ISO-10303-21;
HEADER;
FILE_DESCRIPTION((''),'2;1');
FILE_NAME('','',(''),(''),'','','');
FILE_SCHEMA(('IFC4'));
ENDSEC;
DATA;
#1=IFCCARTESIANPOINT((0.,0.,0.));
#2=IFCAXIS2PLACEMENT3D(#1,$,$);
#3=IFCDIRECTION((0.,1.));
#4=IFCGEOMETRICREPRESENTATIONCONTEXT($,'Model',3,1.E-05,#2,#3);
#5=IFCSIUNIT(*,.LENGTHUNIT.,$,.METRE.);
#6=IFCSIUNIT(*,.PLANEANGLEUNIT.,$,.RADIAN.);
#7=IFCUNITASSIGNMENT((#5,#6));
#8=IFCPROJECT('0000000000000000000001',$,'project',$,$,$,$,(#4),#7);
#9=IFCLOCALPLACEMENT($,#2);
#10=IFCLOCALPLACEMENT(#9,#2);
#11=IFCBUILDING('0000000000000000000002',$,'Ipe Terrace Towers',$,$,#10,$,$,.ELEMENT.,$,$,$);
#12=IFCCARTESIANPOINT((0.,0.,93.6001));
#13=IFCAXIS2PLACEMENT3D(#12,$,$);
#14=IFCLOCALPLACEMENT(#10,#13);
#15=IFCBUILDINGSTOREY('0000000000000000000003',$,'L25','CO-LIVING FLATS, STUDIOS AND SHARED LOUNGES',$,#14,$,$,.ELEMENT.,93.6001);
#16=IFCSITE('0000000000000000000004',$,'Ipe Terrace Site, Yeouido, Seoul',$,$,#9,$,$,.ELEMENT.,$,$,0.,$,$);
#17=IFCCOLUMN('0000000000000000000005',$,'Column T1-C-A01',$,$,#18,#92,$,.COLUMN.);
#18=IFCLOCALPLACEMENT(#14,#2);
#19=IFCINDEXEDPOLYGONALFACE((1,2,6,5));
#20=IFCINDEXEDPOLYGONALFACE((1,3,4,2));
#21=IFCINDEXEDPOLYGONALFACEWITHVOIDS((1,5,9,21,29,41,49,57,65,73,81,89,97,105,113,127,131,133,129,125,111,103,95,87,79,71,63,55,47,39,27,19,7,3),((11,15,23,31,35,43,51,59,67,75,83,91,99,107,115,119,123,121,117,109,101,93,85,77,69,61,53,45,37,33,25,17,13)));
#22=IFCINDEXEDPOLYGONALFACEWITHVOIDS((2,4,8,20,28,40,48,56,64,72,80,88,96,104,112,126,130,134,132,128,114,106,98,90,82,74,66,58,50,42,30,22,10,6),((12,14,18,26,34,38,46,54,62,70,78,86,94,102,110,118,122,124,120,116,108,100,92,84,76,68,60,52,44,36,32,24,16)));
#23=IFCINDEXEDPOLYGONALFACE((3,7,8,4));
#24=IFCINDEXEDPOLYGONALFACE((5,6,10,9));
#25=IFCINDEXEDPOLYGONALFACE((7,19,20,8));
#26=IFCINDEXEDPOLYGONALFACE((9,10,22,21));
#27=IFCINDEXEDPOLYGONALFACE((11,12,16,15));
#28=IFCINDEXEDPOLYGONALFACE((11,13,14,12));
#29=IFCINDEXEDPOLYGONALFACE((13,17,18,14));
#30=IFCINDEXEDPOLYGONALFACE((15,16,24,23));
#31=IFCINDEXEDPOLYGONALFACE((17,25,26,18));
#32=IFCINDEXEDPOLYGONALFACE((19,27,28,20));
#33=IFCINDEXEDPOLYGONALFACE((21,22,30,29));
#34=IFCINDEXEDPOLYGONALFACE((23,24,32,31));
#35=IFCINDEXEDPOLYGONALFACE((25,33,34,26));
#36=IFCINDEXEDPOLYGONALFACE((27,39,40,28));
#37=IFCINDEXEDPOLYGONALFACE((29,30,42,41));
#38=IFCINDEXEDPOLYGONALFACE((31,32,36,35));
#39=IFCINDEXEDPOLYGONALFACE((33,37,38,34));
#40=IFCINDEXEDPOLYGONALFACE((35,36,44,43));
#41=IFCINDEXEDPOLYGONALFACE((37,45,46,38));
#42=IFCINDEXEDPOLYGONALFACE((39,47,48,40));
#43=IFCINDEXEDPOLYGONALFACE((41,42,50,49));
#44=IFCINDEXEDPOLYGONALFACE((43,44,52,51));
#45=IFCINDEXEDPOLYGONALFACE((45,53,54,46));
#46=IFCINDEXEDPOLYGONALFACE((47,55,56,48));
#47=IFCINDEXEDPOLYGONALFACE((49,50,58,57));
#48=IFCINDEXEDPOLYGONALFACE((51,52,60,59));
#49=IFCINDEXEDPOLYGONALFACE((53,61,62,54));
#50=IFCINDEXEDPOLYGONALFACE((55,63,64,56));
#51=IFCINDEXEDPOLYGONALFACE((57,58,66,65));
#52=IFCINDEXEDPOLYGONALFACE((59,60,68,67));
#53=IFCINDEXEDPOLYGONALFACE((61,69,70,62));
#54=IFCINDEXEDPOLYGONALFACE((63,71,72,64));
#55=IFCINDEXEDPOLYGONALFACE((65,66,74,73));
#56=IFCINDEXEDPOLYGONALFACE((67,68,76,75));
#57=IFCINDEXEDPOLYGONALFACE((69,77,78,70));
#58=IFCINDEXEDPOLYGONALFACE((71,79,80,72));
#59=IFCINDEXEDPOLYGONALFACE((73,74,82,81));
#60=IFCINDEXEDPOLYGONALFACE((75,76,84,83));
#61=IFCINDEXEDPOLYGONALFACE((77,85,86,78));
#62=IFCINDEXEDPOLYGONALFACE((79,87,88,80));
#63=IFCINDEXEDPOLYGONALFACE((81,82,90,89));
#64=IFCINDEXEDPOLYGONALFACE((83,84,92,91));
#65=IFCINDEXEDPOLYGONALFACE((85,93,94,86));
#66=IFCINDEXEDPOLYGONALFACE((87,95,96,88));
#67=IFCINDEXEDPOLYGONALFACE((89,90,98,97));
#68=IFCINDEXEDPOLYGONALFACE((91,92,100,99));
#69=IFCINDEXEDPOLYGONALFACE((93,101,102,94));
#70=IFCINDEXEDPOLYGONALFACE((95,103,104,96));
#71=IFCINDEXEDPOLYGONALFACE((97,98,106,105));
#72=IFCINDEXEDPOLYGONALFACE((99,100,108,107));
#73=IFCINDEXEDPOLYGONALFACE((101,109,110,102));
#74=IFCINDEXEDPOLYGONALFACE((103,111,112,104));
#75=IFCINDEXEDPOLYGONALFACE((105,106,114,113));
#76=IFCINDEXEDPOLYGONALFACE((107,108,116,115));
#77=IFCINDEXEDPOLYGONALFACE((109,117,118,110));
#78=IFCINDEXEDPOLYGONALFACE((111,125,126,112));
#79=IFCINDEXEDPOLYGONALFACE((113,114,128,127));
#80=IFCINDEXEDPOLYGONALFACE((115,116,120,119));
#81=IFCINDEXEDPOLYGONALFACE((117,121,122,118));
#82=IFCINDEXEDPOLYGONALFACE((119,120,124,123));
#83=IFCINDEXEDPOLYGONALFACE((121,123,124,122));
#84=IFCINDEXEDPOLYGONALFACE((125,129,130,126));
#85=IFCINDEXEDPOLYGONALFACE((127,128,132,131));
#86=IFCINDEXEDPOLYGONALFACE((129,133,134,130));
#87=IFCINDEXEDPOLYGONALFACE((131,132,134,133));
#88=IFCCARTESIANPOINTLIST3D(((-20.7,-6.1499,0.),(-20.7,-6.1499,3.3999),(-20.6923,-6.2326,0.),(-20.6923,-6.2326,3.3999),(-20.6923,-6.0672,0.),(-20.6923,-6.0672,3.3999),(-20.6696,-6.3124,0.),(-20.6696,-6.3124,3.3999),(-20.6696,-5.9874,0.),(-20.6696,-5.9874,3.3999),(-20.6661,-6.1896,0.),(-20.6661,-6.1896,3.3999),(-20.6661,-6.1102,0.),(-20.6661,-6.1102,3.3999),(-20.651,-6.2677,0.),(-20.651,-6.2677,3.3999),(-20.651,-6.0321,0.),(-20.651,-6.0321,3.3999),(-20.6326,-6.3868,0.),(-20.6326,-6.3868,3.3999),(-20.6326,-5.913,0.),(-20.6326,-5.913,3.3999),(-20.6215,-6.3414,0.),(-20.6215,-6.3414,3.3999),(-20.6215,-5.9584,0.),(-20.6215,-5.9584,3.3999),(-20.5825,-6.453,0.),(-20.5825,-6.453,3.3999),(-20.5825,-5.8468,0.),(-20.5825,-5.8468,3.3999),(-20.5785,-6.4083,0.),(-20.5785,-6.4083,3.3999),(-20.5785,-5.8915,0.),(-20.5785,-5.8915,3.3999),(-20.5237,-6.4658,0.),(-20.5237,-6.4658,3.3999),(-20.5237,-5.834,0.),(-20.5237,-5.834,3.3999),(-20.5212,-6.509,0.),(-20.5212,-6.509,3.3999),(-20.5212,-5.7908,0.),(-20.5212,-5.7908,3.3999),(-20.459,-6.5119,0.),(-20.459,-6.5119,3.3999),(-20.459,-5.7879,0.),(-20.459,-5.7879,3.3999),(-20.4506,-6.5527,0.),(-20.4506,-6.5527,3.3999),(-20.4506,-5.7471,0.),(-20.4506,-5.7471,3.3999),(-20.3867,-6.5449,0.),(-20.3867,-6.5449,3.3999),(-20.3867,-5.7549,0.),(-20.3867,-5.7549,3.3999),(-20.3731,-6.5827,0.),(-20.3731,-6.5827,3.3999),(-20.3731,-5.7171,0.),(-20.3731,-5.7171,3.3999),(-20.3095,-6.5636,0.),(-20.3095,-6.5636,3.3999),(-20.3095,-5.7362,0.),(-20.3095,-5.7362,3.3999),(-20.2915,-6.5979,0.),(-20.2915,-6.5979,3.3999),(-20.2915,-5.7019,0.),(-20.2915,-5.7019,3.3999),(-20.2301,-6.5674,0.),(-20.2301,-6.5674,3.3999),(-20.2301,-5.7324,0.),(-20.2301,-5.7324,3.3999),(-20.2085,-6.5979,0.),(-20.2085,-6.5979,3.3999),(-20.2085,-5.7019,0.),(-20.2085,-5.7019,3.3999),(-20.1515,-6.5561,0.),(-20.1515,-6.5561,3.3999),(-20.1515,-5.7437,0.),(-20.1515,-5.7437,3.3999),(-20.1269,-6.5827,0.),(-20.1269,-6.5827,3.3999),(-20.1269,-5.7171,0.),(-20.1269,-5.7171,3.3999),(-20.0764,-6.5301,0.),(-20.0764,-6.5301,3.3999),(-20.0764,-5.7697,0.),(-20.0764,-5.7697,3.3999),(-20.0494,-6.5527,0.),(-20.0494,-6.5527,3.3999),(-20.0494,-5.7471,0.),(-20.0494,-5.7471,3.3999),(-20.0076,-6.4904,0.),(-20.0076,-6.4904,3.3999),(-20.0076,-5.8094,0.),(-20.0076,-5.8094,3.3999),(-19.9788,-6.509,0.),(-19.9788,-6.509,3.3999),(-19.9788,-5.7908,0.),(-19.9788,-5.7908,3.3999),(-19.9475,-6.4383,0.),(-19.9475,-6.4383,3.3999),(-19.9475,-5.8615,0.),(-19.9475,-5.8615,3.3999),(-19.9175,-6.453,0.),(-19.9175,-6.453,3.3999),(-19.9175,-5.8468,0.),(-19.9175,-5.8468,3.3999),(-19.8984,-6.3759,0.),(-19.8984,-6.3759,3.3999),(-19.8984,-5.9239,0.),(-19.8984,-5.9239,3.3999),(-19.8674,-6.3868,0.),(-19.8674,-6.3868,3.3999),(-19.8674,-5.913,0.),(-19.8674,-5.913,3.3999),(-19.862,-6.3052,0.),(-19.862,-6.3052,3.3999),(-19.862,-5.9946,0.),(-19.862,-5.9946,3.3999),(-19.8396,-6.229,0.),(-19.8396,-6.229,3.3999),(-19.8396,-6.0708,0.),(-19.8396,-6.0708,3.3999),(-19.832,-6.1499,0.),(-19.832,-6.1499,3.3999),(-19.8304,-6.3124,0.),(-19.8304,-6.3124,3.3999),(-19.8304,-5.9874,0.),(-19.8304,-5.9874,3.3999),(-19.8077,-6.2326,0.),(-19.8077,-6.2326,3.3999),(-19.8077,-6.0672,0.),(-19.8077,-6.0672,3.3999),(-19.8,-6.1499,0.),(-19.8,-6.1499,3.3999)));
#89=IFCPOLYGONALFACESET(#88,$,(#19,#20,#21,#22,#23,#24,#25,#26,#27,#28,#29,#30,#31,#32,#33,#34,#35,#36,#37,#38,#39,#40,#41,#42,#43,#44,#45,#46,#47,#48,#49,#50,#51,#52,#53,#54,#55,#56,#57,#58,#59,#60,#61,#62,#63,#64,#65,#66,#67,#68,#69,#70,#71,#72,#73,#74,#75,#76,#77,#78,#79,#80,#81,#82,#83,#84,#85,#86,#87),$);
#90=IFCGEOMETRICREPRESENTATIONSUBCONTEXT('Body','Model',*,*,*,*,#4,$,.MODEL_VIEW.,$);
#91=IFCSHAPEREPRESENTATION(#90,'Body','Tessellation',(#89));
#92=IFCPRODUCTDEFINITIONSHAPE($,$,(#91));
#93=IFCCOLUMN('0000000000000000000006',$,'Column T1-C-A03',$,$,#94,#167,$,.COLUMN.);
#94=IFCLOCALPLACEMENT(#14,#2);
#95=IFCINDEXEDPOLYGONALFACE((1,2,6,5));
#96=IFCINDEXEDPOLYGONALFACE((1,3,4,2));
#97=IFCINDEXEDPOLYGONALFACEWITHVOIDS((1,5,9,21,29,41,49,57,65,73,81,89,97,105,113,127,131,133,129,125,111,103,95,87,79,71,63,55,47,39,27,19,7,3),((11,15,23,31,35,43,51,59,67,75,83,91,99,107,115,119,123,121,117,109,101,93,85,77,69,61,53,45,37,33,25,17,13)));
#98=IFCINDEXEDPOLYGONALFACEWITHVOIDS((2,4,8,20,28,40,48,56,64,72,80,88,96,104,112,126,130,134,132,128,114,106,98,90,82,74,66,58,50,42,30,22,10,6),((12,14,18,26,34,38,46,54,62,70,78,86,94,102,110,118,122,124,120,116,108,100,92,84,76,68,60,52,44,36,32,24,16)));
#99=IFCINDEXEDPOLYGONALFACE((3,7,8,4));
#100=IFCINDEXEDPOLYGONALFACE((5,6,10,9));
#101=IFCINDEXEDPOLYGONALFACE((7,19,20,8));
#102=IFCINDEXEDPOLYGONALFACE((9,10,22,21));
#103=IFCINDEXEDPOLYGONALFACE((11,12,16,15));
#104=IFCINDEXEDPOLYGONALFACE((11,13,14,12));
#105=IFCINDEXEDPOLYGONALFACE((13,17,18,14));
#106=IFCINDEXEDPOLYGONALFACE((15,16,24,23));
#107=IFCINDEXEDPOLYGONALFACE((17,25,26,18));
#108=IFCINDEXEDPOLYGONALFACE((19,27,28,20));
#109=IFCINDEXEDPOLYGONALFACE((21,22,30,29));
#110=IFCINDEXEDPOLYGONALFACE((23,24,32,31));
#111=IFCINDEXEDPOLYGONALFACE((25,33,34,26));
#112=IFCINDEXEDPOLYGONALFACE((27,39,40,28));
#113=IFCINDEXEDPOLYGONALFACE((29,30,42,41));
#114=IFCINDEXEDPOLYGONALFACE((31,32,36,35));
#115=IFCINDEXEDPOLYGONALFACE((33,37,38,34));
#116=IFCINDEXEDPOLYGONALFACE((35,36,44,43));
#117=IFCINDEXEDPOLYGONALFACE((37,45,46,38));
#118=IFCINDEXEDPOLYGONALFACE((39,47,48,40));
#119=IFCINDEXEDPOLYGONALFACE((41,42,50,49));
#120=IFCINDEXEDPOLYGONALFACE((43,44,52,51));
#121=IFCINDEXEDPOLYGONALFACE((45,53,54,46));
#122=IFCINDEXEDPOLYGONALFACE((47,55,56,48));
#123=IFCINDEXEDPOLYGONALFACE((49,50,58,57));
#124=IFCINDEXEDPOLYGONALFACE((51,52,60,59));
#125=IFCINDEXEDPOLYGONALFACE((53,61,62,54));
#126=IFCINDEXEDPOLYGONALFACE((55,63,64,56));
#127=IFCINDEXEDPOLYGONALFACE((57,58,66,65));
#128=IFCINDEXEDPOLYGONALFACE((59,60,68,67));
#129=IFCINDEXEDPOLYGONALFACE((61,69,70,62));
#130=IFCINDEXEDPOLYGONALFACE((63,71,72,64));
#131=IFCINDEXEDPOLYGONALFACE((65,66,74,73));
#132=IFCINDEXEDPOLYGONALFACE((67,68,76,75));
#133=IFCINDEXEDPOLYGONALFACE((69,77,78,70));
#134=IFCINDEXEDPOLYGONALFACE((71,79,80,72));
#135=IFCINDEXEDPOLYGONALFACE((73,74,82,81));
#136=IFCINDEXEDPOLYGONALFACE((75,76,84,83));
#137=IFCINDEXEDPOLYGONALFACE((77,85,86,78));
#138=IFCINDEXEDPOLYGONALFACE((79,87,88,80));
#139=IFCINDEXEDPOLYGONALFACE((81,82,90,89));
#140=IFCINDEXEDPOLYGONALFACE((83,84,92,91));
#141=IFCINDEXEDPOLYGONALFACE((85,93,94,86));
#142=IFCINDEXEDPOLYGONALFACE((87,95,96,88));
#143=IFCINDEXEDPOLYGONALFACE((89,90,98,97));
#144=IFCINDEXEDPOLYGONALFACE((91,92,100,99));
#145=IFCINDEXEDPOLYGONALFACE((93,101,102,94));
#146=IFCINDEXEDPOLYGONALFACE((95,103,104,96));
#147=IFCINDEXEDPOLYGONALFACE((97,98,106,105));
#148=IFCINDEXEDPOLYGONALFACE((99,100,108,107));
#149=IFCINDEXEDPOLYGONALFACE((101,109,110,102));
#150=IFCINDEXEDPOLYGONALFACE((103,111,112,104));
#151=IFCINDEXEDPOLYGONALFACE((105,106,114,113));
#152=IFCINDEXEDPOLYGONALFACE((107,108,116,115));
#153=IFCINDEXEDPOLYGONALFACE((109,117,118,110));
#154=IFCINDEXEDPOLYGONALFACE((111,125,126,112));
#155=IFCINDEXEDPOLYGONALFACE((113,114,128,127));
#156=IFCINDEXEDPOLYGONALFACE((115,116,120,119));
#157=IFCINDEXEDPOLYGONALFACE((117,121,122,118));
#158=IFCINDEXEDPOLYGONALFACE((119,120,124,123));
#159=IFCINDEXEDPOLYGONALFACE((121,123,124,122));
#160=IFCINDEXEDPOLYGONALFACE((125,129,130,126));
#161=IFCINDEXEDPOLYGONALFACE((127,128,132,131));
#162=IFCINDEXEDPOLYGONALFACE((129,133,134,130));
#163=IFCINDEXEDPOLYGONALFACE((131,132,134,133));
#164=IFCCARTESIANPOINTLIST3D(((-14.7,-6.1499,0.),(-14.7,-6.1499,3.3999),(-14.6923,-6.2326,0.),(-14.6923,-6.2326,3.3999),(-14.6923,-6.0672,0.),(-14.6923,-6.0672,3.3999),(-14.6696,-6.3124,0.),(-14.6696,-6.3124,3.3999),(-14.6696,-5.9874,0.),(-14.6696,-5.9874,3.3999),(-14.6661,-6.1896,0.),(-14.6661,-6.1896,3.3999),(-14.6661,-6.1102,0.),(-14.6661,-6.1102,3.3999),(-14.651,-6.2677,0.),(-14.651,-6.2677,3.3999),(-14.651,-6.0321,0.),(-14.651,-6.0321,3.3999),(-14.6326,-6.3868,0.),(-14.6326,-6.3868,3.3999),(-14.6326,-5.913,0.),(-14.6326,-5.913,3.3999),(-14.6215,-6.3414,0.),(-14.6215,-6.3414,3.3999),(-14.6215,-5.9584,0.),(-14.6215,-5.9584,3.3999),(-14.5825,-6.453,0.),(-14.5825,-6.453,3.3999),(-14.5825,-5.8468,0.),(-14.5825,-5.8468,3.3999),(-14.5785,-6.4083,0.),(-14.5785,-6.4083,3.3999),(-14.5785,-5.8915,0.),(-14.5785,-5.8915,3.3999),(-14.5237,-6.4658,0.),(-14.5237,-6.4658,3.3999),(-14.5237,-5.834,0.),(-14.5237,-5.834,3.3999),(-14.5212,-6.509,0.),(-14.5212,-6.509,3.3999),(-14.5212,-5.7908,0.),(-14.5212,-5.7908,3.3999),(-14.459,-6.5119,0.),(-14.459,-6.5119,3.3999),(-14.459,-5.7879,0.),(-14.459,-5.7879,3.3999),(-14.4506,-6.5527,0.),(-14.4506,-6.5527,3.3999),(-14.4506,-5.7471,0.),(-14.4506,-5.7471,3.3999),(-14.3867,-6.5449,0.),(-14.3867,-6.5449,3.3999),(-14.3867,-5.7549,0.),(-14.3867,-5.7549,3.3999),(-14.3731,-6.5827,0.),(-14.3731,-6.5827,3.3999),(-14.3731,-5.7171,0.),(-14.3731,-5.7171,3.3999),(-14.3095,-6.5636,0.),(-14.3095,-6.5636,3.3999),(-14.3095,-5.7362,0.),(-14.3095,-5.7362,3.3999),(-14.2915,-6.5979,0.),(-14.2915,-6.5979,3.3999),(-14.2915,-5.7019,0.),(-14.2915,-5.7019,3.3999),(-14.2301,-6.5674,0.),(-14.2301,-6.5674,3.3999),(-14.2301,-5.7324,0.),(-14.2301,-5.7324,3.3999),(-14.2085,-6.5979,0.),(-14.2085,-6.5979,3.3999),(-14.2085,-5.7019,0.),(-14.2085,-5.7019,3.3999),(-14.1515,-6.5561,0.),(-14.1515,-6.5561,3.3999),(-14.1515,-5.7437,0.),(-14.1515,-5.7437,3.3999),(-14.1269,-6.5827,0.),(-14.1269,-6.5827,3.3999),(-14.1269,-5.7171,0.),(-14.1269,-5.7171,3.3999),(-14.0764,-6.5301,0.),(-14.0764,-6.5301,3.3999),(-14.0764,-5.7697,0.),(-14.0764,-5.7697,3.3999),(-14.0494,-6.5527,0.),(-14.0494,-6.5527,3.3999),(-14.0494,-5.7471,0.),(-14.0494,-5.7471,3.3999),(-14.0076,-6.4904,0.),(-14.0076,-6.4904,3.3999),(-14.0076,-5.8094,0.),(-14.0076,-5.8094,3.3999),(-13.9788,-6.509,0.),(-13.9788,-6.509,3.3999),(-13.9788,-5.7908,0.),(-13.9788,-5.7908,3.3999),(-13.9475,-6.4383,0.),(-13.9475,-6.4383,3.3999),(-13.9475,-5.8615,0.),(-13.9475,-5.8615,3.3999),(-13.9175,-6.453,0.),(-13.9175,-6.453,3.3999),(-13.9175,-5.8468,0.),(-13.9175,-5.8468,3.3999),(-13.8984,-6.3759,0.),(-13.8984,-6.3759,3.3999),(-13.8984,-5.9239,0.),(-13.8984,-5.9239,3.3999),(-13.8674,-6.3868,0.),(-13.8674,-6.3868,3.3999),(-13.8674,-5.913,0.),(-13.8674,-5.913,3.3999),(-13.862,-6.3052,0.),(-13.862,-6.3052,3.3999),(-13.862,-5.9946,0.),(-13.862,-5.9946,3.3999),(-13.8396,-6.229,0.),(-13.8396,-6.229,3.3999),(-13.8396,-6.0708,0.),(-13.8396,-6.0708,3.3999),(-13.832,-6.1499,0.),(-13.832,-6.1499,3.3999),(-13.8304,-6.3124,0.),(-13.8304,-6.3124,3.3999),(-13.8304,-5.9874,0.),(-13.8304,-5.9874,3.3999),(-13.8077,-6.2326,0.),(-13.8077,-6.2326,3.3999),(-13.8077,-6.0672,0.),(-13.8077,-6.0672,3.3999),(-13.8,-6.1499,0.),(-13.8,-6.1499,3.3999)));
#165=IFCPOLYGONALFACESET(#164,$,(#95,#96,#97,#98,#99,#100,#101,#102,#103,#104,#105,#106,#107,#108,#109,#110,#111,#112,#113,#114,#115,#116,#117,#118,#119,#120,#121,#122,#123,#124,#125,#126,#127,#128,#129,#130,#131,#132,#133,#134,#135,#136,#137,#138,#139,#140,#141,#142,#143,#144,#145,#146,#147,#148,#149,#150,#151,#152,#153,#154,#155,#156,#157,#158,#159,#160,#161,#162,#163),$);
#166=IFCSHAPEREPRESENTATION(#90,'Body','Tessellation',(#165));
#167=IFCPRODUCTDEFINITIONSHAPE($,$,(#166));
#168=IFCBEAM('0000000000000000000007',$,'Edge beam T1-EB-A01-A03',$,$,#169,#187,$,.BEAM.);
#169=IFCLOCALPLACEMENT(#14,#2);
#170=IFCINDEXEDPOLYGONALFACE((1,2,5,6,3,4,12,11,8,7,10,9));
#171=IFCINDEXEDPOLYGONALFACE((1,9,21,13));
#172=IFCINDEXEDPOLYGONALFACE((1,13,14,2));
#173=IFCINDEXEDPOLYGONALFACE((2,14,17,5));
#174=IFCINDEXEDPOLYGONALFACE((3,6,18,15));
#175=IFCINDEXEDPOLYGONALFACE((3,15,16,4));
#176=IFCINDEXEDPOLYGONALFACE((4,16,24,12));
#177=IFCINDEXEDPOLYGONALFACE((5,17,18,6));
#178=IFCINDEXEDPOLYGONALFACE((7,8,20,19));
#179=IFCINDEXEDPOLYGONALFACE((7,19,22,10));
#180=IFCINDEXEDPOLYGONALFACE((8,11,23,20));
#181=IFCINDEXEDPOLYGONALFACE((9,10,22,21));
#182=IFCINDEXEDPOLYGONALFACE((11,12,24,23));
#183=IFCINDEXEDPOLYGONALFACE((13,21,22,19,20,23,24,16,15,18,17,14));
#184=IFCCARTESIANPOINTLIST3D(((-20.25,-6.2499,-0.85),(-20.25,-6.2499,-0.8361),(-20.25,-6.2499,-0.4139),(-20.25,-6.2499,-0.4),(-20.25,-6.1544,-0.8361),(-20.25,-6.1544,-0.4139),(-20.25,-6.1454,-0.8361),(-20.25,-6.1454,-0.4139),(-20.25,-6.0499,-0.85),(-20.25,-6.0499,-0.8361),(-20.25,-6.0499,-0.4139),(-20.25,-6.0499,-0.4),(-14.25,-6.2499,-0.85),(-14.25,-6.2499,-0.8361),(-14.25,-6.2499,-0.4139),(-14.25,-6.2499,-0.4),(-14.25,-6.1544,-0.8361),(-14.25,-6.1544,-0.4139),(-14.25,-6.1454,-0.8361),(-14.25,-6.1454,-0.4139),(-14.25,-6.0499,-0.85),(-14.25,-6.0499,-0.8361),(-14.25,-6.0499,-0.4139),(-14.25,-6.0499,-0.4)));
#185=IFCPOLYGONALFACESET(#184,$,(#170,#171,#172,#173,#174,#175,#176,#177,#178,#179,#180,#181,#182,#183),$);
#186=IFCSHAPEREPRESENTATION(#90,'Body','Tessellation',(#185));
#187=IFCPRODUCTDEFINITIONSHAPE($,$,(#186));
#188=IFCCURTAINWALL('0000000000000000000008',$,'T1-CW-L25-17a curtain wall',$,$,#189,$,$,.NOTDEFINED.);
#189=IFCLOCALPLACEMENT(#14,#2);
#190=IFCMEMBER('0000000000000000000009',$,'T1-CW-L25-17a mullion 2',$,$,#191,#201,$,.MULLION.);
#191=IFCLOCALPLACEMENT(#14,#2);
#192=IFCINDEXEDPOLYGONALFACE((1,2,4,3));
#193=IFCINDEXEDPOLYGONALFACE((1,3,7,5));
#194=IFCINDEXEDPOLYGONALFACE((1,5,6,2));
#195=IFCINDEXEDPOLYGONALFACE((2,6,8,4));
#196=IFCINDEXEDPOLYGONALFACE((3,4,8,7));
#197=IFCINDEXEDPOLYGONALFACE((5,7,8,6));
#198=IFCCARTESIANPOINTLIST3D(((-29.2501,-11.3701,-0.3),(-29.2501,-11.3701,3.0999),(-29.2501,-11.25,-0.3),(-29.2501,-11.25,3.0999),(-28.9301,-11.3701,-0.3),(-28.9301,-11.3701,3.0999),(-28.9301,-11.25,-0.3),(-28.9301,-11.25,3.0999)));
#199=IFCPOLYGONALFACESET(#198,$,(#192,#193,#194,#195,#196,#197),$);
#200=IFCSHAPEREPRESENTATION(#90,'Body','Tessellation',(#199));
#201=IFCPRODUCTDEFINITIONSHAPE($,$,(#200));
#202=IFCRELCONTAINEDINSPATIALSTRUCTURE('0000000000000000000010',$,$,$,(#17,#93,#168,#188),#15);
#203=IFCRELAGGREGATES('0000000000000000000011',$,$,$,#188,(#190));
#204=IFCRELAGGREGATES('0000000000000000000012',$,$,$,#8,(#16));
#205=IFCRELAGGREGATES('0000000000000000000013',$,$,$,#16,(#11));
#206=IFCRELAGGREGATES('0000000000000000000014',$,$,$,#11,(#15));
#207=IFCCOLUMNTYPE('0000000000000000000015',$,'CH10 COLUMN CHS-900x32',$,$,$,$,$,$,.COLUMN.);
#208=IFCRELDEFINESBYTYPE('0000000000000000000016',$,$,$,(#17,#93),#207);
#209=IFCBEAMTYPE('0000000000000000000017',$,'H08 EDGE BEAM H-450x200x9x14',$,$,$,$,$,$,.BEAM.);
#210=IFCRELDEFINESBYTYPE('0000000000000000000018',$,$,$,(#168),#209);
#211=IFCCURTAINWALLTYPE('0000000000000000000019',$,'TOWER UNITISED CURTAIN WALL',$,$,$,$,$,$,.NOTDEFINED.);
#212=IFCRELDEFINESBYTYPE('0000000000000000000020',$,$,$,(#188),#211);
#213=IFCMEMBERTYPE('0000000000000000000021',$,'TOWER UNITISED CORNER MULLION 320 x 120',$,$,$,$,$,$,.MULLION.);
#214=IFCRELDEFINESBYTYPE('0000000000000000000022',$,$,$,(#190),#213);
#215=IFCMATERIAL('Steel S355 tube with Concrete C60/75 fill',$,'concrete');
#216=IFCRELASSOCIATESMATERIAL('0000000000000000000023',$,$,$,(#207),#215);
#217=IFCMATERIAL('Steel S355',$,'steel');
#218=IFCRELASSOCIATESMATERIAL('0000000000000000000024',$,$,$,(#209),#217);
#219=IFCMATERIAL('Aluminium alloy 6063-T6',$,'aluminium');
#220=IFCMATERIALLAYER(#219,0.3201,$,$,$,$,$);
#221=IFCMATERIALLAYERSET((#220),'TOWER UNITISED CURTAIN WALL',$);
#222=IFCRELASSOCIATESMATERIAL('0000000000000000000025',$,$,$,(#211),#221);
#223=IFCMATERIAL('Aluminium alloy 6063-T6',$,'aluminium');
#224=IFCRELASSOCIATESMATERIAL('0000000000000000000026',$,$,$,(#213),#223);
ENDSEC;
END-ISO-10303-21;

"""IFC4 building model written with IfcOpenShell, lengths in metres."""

from ifc_helpers import new_model, si_unit, direction, frame, origin, origin_2d, place, context, subcontext, project, spatial, rectangle, hollow_circle, i_section, extrude, material, layer, layer_set, material_profile, profile_set, type_object, element, aggregate, save


model = new_model("IFC4")

# Units and contexts
model_context = context("Model", 3, precision=1e-05, world=origin(), true_north=direction((0.0, 1.0)))
body_context = subcontext(model_context, "Body", "Model", "MODEL_VIEW")
ifc_project = project(units=[si_unit("LENGTHUNIT", "METRE"), si_unit("PLANEANGLEUNIT", "RADIAN")], contexts=[model_context])

# Site, building, storey
site_placement = place(None, origin())
site = spatial("IfcSite", under=ifc_project, at=site_placement, Name="Ipe Terrace Site, Yeouido, Seoul", CompositionType="ELEMENT", RefElevation=0.0)
building_placement = place(site_placement, origin())
building = spatial("IfcBuilding", under=site, at=building_placement, Name="Ipe Terrace Towers", CompositionType="ELEMENT")
storey_placement = place(building_placement, frame((0.0, 0.0, 93.6001)))
storey = spatial("IfcBuildingStorey", under=building, at=storey_placement, Name="L25", Description="CO-LIVING FLATS, STUDIOS AND SHARED LOUNGES", CompositionType="ELEMENT", Elevation=93.6001)

# Columns
ifc_material_1 = material(Name="Steel S355 tube with Concrete C60/75 fill", Category="concrete")
ifc_material_profile_1 = material_profile(ifc_material_1, hollow_circle(Radius=0.45, WallThickness=0.032, at=origin_2d()), Name="CHS-900x32")
ifc_profile_set_1 = profile_set([ifc_material_profile_1], Name="Steel S355 tube with Concrete C60/75 fill")
column_type = type_object("IfcColumnType", Name="CH10 COLUMN CHS-900x32", PredefinedType="COLUMN", material=ifc_profile_set_1)
for number, where, z_axis, x_axis, name in (
    (1, (-20.25, -6.1499, 0.0), (0.0, 0.0, 1.0), (1.0, 0.0, 0.0), "Column T1-C-A01"),
    (2, (-14.25, -6.1499, 0.0), (0.0, 0.0, 1.0), (1.0, 0.0, 0.0), "Column T1-C-A03"),
):
    element("IfcColumn", number, at=place(storey_placement, frame(where, z_axis=z_axis, x_axis=x_axis)), inside=storey, type_object=column_type, Name=name, PredefinedType="COLUMN", context=body_context, shape_type="SweptSolid", body=[
        extrude(hollow_circle(Radius=0.45, WallThickness=0.032, at=origin_2d()), origin(), (0.0, 0.0, 1.0), 3.3999),
    ])

# Beam
ifc_material_2 = material(Name="Steel S355", Category="steel")
ifc_material_profile_2 = material_profile(ifc_material_2, i_section(OverallWidth=0.2, OverallDepth=0.45, WebThickness=0.009, FlangeThickness=0.0139, at=origin_2d()), Name="H-450x200x9x14")
ifc_profile_set_2 = profile_set([ifc_material_profile_2], Name="Steel S355")
beam_type = type_object("IfcBeamType", Name="H08 EDGE BEAM H-450x200x9x14", PredefinedType="BEAM", material=ifc_profile_set_2)
beam_placement = place(storey_placement, frame((-20.25, -6.1499, -0.625), z_axis=(1.0, 0.0, 0.0), x_axis=(0.0, 1.0, 0.0)))
element("IfcBeam", 3, at=beam_placement, inside=storey, type_object=beam_type, Name="Edge beam T1-EB-A01-A03", PredefinedType="BEAM", context=body_context, shape_type="SweptSolid", body=[
    extrude(i_section(OverallWidth=0.2, OverallDepth=0.45, WebThickness=0.009, FlangeThickness=0.0139, at=origin_2d()), origin(), (0.0, 0.0, 1.0), 6.0),
])

# Curtain wall, member
ifc_material_3 = material(Name="Aluminium alloy 6063-T6", Category="aluminium")
ifc_layer_1 = layer(ifc_material_3, 0.3201)
ifc_layer_set_1 = layer_set([ifc_layer_1], Name="TOWER UNITISED CURTAIN WALL")
curtain_wall_type = type_object("IfcCurtainWallType", Name="TOWER UNITISED CURTAIN WALL", PredefinedType="NOTDEFINED", material=ifc_layer_set_1)
curtain_wall_1_placement = place(storey_placement, origin())
curtain_wall_1 = element("IfcCurtainWall", 4, at=curtain_wall_1_placement, inside=storey, type_object=curtain_wall_type, Name="T1-CW-L25-17a curtain wall", PredefinedType="NOTDEFINED")
ifc_material_4 = material(Name="Aluminium alloy 6063-T6", Category="aluminium")
ifc_material_profile_3 = material_profile(ifc_material_4, rectangle(XDim=0.3201, YDim=0.1201, at=origin_2d()), Name="TOWER UNITISED CORNER MULLION 320 x 120")
ifc_profile_set_3 = profile_set([ifc_material_profile_3], Name="Aluminium alloy 6063-T6")
member_type = type_object("IfcMemberType", Name="TOWER UNITISED CORNER MULLION 320 x 120", PredefinedType="MULLION", material=ifc_profile_set_3)
member_1_placement = place(storey_placement, frame((-29.0901, -11.3101, -0.3), z_axis=(0.0, 0.0, 1.0), x_axis=(1.0, 0.0, 0.0)))
member_1 = element("IfcMember", 5, at=member_1_placement, type_object=member_type, Name="T1-CW-L25-17a mullion 2", PredefinedType="MULLION", context=body_context, shape_type="SweptSolid", body=[
    extrude(rectangle(XDim=0.3201, YDim=0.1201, at=origin_2d()), origin(), (0.0, 0.0, 1.0), 3.3999),
])
aggregate(curtain_wall_1, [member_1])

save(model, "model.ifc")
